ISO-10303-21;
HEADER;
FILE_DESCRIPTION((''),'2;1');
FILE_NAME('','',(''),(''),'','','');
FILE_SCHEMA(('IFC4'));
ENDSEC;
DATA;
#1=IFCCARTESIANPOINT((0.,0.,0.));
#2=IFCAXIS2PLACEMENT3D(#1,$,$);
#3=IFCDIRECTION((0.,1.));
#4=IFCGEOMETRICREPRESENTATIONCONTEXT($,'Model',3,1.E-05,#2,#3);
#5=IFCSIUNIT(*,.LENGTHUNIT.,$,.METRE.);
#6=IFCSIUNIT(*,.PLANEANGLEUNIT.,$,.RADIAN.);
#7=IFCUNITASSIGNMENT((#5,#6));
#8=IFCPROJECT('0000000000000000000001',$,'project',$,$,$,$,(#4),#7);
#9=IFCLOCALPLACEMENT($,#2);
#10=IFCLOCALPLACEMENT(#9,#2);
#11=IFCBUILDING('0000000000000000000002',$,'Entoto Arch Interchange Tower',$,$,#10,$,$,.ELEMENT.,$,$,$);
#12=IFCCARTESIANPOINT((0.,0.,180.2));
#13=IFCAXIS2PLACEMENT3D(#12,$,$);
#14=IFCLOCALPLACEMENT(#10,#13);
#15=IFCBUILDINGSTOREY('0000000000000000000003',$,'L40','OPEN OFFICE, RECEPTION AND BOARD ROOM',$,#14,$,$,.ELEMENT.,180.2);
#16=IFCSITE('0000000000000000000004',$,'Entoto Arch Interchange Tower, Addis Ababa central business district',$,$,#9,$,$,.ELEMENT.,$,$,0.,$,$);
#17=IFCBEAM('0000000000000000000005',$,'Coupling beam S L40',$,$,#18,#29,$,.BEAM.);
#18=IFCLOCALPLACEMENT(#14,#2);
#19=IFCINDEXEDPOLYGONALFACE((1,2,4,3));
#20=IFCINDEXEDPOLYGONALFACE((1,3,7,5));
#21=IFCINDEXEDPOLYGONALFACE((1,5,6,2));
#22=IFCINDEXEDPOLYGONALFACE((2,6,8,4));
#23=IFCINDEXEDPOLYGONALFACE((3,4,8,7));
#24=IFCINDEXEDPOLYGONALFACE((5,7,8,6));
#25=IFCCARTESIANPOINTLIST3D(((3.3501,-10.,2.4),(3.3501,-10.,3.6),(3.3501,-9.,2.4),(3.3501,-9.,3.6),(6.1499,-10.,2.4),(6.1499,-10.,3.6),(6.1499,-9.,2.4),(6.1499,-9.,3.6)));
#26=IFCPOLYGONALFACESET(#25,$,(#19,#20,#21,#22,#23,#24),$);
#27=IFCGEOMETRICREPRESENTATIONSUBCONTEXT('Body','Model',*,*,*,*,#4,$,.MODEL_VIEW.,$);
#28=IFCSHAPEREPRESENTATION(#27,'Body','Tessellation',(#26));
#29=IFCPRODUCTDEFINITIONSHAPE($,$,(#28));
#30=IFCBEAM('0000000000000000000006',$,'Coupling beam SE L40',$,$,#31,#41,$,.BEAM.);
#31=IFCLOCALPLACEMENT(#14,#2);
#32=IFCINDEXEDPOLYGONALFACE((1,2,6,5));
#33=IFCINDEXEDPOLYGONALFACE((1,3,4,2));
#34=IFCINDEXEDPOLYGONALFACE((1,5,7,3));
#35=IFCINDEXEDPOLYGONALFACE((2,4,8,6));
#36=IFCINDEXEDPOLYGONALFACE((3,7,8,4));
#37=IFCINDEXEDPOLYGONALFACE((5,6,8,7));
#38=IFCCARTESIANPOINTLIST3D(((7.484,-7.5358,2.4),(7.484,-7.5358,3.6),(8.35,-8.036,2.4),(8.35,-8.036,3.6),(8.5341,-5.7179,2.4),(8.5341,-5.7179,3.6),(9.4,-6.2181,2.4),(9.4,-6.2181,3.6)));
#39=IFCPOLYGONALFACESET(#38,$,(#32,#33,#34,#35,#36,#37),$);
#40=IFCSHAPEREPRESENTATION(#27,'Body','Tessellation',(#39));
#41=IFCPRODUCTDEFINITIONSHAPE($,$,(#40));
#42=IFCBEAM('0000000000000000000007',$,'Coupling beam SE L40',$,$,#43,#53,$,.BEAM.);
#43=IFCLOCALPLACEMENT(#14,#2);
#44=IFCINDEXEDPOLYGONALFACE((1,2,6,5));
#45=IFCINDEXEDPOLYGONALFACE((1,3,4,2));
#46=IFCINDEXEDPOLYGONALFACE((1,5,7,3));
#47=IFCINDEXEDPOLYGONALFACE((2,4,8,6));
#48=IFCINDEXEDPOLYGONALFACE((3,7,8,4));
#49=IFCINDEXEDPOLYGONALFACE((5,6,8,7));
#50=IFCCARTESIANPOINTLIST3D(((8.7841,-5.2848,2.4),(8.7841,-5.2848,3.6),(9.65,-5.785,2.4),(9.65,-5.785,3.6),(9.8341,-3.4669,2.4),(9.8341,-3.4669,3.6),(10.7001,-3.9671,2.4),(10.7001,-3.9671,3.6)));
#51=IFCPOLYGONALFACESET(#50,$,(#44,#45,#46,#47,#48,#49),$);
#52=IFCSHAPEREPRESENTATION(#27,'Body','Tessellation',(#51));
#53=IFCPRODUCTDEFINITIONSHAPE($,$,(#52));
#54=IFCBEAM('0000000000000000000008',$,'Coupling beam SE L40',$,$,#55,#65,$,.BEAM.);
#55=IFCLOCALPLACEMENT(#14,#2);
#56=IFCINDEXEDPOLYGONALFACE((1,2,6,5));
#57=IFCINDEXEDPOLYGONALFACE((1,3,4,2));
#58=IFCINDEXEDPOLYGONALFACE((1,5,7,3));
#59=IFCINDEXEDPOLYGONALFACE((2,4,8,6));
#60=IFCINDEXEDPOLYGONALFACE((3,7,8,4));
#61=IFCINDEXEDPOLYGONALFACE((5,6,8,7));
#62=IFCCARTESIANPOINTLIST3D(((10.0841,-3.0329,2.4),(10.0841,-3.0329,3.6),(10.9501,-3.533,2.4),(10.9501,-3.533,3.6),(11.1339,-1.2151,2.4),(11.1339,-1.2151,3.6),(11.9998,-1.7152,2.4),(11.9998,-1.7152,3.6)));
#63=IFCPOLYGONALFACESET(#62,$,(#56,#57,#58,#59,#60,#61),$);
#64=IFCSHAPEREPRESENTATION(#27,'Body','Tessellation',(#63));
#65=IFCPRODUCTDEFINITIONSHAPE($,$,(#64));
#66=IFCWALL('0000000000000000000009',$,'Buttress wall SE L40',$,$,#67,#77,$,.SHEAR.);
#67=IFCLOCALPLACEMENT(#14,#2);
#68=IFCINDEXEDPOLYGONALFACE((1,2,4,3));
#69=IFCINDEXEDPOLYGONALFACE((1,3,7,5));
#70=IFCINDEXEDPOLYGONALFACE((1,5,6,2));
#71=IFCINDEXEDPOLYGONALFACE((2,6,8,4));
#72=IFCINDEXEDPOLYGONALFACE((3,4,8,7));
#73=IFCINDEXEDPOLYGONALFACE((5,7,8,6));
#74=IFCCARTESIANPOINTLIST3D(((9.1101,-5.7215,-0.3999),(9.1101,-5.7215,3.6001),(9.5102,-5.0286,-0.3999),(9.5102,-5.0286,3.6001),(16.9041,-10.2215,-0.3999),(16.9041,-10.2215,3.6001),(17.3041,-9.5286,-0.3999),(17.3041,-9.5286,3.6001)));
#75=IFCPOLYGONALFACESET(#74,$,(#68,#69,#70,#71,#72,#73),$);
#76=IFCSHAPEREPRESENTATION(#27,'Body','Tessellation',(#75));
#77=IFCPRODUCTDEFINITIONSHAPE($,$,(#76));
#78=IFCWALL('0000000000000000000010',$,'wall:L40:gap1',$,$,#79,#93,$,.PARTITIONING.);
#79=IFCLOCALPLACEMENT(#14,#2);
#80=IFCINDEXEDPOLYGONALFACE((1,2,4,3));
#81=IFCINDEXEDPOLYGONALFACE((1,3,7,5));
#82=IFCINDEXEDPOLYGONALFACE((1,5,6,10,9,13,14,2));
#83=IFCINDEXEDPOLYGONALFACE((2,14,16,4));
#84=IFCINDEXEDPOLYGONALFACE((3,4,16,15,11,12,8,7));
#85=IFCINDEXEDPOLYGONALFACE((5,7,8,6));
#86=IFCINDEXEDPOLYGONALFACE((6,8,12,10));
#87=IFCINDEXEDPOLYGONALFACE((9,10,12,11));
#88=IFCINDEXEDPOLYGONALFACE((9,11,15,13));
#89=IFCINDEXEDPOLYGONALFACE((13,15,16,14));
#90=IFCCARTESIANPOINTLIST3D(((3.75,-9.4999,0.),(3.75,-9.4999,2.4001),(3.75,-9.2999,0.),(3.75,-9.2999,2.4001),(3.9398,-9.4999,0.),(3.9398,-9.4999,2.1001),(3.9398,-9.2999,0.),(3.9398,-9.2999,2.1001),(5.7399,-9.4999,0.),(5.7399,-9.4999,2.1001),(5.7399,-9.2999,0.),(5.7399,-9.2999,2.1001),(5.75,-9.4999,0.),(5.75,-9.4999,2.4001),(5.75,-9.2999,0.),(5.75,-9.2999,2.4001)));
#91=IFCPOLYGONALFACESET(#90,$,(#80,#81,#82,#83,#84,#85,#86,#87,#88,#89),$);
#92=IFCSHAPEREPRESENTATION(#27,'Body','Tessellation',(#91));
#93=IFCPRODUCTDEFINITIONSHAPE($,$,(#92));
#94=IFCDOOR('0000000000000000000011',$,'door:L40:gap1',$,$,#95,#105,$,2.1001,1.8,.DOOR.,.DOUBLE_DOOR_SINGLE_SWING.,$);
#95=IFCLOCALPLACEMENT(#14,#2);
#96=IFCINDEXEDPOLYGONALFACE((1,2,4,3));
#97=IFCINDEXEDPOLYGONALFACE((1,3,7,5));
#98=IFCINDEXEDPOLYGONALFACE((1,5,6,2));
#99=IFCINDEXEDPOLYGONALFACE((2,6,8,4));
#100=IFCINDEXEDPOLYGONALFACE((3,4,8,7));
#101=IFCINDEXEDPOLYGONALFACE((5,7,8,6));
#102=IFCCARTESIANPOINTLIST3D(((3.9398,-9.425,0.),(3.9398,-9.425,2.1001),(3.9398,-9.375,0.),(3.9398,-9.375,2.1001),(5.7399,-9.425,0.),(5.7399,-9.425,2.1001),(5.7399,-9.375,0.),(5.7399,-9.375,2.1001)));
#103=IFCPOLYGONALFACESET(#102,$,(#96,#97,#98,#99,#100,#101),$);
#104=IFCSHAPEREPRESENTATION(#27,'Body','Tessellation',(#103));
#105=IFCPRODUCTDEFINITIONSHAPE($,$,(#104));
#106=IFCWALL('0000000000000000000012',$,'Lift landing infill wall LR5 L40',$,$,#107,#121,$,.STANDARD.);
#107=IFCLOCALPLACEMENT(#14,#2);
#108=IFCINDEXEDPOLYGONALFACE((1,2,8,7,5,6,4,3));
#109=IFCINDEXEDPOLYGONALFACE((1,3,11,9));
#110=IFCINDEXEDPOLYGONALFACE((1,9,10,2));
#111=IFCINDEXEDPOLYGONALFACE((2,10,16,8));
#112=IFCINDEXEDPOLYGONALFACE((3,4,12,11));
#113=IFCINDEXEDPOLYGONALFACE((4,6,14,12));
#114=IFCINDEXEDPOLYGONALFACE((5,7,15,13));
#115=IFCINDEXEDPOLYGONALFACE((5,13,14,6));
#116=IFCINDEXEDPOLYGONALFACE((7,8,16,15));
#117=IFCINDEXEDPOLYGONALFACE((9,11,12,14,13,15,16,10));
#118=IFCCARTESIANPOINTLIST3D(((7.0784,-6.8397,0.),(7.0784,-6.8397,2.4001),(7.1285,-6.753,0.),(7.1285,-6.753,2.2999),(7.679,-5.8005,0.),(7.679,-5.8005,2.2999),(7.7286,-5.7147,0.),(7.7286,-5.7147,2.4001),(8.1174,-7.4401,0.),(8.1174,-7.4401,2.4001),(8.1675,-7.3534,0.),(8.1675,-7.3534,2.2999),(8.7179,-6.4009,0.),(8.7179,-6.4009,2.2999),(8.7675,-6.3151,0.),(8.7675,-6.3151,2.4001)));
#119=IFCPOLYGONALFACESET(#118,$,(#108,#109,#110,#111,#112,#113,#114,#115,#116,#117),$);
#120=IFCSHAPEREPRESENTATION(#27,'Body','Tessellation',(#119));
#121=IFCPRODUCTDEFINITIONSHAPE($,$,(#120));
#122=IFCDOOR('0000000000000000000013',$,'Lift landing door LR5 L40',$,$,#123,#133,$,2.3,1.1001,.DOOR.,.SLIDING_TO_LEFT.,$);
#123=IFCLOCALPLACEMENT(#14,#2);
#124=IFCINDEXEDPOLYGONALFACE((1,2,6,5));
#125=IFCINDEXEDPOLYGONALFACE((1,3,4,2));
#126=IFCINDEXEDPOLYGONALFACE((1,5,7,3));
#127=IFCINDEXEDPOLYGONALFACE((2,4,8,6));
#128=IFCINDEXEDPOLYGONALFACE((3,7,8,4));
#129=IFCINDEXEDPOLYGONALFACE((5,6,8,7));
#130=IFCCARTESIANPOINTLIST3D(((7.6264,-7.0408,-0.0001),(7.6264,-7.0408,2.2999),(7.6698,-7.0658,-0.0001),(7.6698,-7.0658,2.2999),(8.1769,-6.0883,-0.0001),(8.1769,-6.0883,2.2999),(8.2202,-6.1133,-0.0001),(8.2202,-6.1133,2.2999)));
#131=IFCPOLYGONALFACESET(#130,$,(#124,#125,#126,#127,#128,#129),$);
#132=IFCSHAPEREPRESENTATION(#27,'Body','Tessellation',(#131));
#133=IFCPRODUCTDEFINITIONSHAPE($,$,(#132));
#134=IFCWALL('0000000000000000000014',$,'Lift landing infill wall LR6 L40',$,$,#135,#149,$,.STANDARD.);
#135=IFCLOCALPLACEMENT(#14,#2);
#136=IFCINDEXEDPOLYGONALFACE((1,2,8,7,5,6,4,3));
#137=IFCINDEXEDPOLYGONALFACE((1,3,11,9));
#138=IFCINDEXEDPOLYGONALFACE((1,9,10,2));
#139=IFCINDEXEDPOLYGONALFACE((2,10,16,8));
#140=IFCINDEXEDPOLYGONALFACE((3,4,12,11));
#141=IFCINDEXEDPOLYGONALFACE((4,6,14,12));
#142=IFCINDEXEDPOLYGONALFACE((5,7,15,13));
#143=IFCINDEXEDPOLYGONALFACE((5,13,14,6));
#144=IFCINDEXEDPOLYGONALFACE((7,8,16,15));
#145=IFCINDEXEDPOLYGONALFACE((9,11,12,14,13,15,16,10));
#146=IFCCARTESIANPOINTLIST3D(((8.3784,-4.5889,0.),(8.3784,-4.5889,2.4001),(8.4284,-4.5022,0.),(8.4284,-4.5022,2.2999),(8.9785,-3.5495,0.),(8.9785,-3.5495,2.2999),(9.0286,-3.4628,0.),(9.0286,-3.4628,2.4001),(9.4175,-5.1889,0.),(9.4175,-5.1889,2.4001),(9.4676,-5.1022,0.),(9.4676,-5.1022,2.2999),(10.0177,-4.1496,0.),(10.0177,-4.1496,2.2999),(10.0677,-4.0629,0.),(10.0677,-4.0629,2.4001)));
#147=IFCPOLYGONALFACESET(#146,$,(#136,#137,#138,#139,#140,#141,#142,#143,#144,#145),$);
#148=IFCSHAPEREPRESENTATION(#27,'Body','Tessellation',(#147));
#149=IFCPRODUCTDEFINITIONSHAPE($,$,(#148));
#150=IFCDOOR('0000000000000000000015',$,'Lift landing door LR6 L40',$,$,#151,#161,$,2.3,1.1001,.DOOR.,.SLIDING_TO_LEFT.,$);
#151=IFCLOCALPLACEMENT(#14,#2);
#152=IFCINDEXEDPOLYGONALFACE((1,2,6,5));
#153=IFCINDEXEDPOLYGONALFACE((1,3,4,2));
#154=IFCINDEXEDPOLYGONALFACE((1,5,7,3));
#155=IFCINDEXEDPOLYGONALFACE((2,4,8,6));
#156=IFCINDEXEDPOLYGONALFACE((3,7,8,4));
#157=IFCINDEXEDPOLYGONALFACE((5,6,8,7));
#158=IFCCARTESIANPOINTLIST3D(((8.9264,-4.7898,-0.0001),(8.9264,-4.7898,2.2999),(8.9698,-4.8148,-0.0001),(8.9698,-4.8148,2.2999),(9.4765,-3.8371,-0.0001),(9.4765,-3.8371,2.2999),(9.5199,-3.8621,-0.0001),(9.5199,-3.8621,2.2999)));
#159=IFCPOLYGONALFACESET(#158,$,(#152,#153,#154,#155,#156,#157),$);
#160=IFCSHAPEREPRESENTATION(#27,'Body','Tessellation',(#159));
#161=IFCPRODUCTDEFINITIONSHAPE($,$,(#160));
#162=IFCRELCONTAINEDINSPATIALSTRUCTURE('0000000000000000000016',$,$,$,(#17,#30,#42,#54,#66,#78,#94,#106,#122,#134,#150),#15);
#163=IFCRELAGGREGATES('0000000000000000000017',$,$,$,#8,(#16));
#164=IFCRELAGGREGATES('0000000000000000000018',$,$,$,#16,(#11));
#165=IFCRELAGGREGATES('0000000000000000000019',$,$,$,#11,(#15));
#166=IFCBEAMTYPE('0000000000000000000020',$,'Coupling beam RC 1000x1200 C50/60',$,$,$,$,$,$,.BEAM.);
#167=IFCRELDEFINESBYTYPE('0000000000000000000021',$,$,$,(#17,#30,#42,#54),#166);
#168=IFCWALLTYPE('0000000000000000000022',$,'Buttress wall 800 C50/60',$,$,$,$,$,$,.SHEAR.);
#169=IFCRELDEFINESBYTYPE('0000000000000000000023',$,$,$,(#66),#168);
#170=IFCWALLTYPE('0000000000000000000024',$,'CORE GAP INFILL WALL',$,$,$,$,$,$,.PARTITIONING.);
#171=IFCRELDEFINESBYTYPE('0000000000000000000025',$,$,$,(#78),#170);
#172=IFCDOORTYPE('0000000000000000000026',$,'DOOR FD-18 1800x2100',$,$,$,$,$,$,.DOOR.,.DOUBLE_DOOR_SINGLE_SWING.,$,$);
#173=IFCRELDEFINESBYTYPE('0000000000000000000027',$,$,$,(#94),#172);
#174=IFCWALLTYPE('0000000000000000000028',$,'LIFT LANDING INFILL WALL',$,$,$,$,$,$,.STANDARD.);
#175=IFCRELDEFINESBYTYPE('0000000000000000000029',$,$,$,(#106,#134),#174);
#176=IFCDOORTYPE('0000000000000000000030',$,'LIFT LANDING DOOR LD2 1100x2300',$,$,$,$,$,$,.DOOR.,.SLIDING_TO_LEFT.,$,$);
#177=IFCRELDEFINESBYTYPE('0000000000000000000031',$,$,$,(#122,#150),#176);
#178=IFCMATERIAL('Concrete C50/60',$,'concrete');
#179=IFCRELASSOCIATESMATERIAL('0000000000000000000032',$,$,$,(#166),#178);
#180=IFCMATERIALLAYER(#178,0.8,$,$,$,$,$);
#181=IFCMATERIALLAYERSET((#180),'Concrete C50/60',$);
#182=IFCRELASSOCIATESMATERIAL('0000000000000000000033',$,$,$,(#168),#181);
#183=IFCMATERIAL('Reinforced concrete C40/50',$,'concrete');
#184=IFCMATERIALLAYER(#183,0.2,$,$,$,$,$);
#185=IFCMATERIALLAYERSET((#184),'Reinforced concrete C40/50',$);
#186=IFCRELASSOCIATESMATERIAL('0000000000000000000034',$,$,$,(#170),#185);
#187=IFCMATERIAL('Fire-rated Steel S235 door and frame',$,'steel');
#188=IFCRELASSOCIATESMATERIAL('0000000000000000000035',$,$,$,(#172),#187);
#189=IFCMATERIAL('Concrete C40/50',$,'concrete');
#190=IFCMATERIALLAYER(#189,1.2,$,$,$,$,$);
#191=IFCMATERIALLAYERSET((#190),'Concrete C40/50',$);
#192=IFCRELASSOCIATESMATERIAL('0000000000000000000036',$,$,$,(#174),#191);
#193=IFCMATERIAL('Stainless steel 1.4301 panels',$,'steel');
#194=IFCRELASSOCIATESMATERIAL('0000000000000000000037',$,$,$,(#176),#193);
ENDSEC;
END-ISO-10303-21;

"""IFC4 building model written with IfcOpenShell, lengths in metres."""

from ifc_helpers import new_model, si_unit, direction, frame, frame_2d, origin, origin_2d, place, context, subcontext, project, spatial, rectangle, extrude, material, layer, layer_set, material_profile, profile_set, type_object, element, fill, save


model = new_model("IFC4")

# Units and contexts
model_context = context("Model", 3, precision=1e-05, world=origin(), true_north=direction((0.0, 1.0)))
body_context = subcontext(model_context, "Body", "Model", "MODEL_VIEW")
ifc_project = project(units=[si_unit("LENGTHUNIT", "METRE"), si_unit("PLANEANGLEUNIT", "RADIAN")], contexts=[model_context])

# Site, building, storey
site_placement = place(None, origin())
site = spatial("IfcSite", under=ifc_project, at=site_placement, Name="Entoto Arch Interchange Tower, Addis Ababa central business district", CompositionType="ELEMENT", RefElevation=0.0)
building_placement = place(site_placement, origin())
building = spatial("IfcBuilding", under=site, at=building_placement, Name="Entoto Arch Interchange Tower", CompositionType="ELEMENT")
storey_placement = place(building_placement, frame((0.0, 0.0, 180.2)))
storey = spatial("IfcBuildingStorey", under=building, at=storey_placement, Name="L40", Description="OPEN OFFICE, RECEPTION AND BOARD ROOM", CompositionType="ELEMENT", Elevation=180.2)

# Beams
ifc_material_1 = material(Name="Concrete C50/60", Category="concrete")
ifc_material_profile = material_profile(ifc_material_1, rectangle(XDim=1.0, YDim=1.2, at=origin_2d()))
ifc_profile_set = profile_set([ifc_material_profile], Name="Concrete C50/60")
beam_type = type_object("IfcBeamType", Name="Coupling beam RC 1000x1200 C50/60", PredefinedType="BEAM", material=ifc_profile_set)
beam_1_placement = place(storey_placement, frame((3.3501, -9.5, 3.0), z_axis=(1.0, 0.0, 0.0), x_axis=(0.0, 1.0, 0.0)))
element("IfcBeam", 1, at=beam_1_placement, inside=storey, type_object=beam_type, Name="Coupling beam S L40", PredefinedType="BEAM", context=body_context, shape_type="SweptSolid", body=[
    extrude(rectangle(XDim=1.0, YDim=1.2, at=origin_2d()), origin(), (0.0, 0.0, 1.0), 2.7998),
])
for number, where, z_axis, x_axis, name in (
    (2, (7.917, -7.7859, 3.0), (0.500179, 0.865922, 0.0), (-0.865922, 0.500179, 0.0), "Coupling beam SE L40"),
    (3, (9.217, -5.5349, 3.0), (0.500179, 0.865922, 0.0), (-0.865922, 0.500179, 0.0), "Coupling beam SE L40"),
):
    element("IfcBeam", number, at=place(storey_placement, frame(where, z_axis=z_axis, x_axis=x_axis)), inside=storey, type_object=beam_type, Name=name, PredefinedType="BEAM", context=body_context, shape_type="SweptSolid", body=[
        extrude(rectangle(XDim=1.0, YDim=1.2, at=origin_2d()), origin(), (0.0, 0.0, 1.0), 2.0994),
    ])
beam_2_placement = place(storey_placement, frame((10.5171, -3.283, 3.0), z_axis=(0.500092, 0.865973, 0.0), x_axis=(-0.865973, 0.500092, 0.0)))
element("IfcBeam", 4, at=beam_2_placement, inside=storey, type_object=beam_type, Name="Coupling beam SE L40", PredefinedType="BEAM", context=body_context, shape_type="SweptSolid", body=[
    extrude(rectangle(XDim=1.0, YDim=1.2, at=origin_2d()), origin(), (0.0, 0.0, 1.0), 2.0991),
])

# Wall
ifc_layer_1 = layer(ifc_material_1, 0.8)
ifc_layer_set_1 = layer_set([ifc_layer_1], Name="Concrete C50/60")
wall_type_1 = type_object("IfcWallType", Name="Buttress wall 800 C50/60", PredefinedType="SHEAR", material=ifc_layer_set_1)
wall_1_placement = place(storey_placement, frame((9.3101, -5.375, -0.3999), z_axis=(0.0, 0.0, 1.0), x_axis=(0.866018, -0.500014, 0.0)))
element("IfcWall", 5, at=wall_1_placement, inside=storey, type_object=wall_type_1, Name="Buttress wall SE L40", PredefinedType="SHEAR", context=body_context, shape_type="SweptSolid", body=[
    extrude(rectangle(XDim=8.9998, YDim=0.8, at=frame_2d((4.5, 0.0))), origin(), (0.0, 0.0, 1.0), 4.0),
])

# Walls, openings, doors
ifc_material_2 = material(Name="Reinforced concrete C40/50", Category="concrete")
ifc_layer_2 = layer(ifc_material_2, 0.2)
ifc_layer_set_2 = layer_set([ifc_layer_2], Name="Reinforced concrete C40/50")
wall_type_2 = type_object("IfcWallType", Name="CORE GAP INFILL WALL", PredefinedType="PARTITIONING", material=ifc_layer_set_2)
wall_2_placement = place(storey_placement, frame((3.75, -9.3999, 0.0), z_axis=(0.0, 0.0, 1.0), x_axis=(1.0, 0.0, 0.0)))
wall_2 = element("IfcWall", 6, at=wall_2_placement, inside=storey, type_object=wall_type_2, Name="wall:L40:gap1", PredefinedType="PARTITIONING", context=body_context, shape_type="SweptSolid", body=[
    extrude(rectangle(XDim=2.0, YDim=0.2, at=frame_2d((1.0, 0.0))), origin(), (0.0, 0.0, 1.0), 2.4001),
])
opening_1_placement = place(wall_2_placement, frame((0.1899, 0.0, 0.0)))
opening_1 = element("IfcOpeningElement", 7, at=opening_1_placement, cuts=wall_2, PredefinedType="OPENING", context=body_context, shape_type="SweptSolid", body=[
    extrude(rectangle(XDim=1.8, YDim=2.1001, at=frame_2d((0.8999, 1.05))), frame((0.0, 0.1099, 0.0), z_axis=(0.0, -1.0, 0.0), x_axis=(1.0, 0.0, 0.0)), (0.0, 0.0, 1.0), 0.22),
])
ifc_material_3 = material(Name="Fire-rated Steel S235 door and frame", Category="steel")
door_type_1 = type_object("IfcDoorType", Name="DOOR FD-18 1800x2100", OperationType="DOUBLE_DOOR_SINGLE_SWING", PredefinedType="DOOR", material=ifc_material_3)
door_1_placement = place(opening_1_placement, origin())
door_1 = element("IfcDoor", 8, at=door_1_placement, inside=storey, type_object=door_type_1, Name="door:L40:gap1", OperationType="DOUBLE_DOOR_SINGLE_SWING", OverallHeight=2.1001, OverallWidth=1.8, PredefinedType="DOOR", context=body_context, shape_type="SweptSolid", body=[
    extrude(rectangle(XDim=1.8, YDim=2.1001, at=frame_2d((0.8999, 1.05))), frame((0.0, 0.0249, 0.0), z_axis=(0.0, -1.0, 0.0), x_axis=(1.0, 0.0, 0.0)), (0.0, 0.0, 1.0), 0.05),
])
fill(opening_1, door_1)
ifc_material_4 = material(Name="Concrete C40/50", Category="concrete")
ifc_layer_3 = layer(ifc_material_4, 1.2)
ifc_layer_set_3 = layer_set([ifc_layer_3], Name="Concrete C40/50")
wall_type_3 = type_object("IfcWallType", Name="LIFT LANDING INFILL WALL", PredefinedType="STANDARD", material=ifc_layer_set_3)
wall_3_placement = place(storey_placement, frame((7.5979, -7.1399, 0.0), z_axis=(0.0, 0.0, 1.0), x_axis=(0.500362, 0.865816, 0.0)))
wall_3 = element("IfcWall", 9, at=wall_3_placement, inside=storey, type_object=wall_type_3, Name="Lift landing infill wall LR5 L40", PredefinedType="STANDARD", context=body_context, shape_type="SweptSolid", body=[
    extrude(rectangle(XDim=1.2993, YDim=1.2, at=frame_2d((0.6497, 0.0))), origin(), (0.0, 0.0, 1.0), 2.4001),
])
opening_2_placement = place(wall_3_placement, frame((0.1001, 0.0, 0.0)))
opening_2 = element("IfcOpeningElement", 10, at=opening_2_placement, cuts=wall_3, PredefinedType="OPENING", context=body_context, shape_type="SweptSolid", body=[
    extrude(rectangle(XDim=1.1001, YDim=2.3, at=frame_2d((0.55, 1.1499))), frame((0.0, 0.6099, 0.0), z_axis=(0.0, -1.0, 0.0), x_axis=(1.0, 0.0, 0.0)), (0.0, 0.0, 1.0), 1.22),
])
ifc_material_5 = material(Name="Stainless steel 1.4301 panels", Category="steel")
door_type_2 = type_object("IfcDoorType", Name="LIFT LANDING DOOR LD2 1100x2300", OperationType="SLIDING_TO_LEFT", PredefinedType="DOOR", material=ifc_material_5)
door_2_placement = place(opening_2_placement, origin())
door_2 = element("IfcDoor", 11, at=door_2_placement, inside=storey, type_object=door_type_2, Name="Lift landing door LR5 L40", OperationType="SLIDING_TO_LEFT", OverallHeight=2.3, OverallWidth=1.1001, PredefinedType="DOOR", context=body_context, shape_type="SweptSolid", body=[
    extrude(rectangle(XDim=1.1001, YDim=2.3, at=frame_2d((0.55, 1.1499))), frame((0.0, 0.0249, 0.0), z_axis=(0.0, -1.0, 0.0), x_axis=(1.0, 0.0, 0.0)), (0.0, 0.0, 1.0), 0.05),
])
fill(opening_2, door_2)
wall_4_placement = place(storey_placement, frame((8.8979, -4.8889, 0.0), z_axis=(0.0, 0.0, 1.0), x_axis=(0.500037, 0.866004, 0.0)))
wall_4 = element("IfcWall", 12, at=wall_4_placement, inside=storey, type_object=wall_type_3, Name="Lift landing infill wall LR6 L40", PredefinedType="STANDARD", context=body_context, shape_type="SweptSolid", body=[
    extrude(rectangle(XDim=1.3003, YDim=1.2, at=frame_2d((0.6501, 0.0))), origin(), (0.0, 0.0, 1.0), 2.4001),
])
opening_3_placement = place(wall_4_placement, frame((0.1001, 0.0, 0.0)))
opening_3 = element("IfcOpeningElement", 13, at=opening_3_placement, cuts=wall_4, PredefinedType="OPENING", context=body_context, shape_type="SweptSolid", body=[
    extrude(rectangle(XDim=1.1001, YDim=2.3, at=frame_2d((0.55, 1.1499))), frame((0.0, 0.6099, 0.0), z_axis=(0.0, -1.0, 0.0), x_axis=(1.0, 0.0, 0.0)), (0.0, 0.0, 1.0), 1.22),
])
door_3_placement = place(opening_3_placement, origin())
door_3 = element("IfcDoor", 14, at=door_3_placement, inside=storey, type_object=door_type_2, Name="Lift landing door LR6 L40", OperationType="SLIDING_TO_LEFT", OverallHeight=2.3, OverallWidth=1.1001, PredefinedType="DOOR", context=body_context, shape_type="SweptSolid", body=[
    extrude(rectangle(XDim=1.1001, YDim=2.3, at=frame_2d((0.55, 1.1499))), frame((0.0, 0.0249, 0.0), z_axis=(0.0, -1.0, 0.0), x_axis=(1.0, 0.0, 0.0)), (0.0, 0.0, 1.0), 0.05),
])
fill(opening_3, door_3)

save(model, "model.ifc")
